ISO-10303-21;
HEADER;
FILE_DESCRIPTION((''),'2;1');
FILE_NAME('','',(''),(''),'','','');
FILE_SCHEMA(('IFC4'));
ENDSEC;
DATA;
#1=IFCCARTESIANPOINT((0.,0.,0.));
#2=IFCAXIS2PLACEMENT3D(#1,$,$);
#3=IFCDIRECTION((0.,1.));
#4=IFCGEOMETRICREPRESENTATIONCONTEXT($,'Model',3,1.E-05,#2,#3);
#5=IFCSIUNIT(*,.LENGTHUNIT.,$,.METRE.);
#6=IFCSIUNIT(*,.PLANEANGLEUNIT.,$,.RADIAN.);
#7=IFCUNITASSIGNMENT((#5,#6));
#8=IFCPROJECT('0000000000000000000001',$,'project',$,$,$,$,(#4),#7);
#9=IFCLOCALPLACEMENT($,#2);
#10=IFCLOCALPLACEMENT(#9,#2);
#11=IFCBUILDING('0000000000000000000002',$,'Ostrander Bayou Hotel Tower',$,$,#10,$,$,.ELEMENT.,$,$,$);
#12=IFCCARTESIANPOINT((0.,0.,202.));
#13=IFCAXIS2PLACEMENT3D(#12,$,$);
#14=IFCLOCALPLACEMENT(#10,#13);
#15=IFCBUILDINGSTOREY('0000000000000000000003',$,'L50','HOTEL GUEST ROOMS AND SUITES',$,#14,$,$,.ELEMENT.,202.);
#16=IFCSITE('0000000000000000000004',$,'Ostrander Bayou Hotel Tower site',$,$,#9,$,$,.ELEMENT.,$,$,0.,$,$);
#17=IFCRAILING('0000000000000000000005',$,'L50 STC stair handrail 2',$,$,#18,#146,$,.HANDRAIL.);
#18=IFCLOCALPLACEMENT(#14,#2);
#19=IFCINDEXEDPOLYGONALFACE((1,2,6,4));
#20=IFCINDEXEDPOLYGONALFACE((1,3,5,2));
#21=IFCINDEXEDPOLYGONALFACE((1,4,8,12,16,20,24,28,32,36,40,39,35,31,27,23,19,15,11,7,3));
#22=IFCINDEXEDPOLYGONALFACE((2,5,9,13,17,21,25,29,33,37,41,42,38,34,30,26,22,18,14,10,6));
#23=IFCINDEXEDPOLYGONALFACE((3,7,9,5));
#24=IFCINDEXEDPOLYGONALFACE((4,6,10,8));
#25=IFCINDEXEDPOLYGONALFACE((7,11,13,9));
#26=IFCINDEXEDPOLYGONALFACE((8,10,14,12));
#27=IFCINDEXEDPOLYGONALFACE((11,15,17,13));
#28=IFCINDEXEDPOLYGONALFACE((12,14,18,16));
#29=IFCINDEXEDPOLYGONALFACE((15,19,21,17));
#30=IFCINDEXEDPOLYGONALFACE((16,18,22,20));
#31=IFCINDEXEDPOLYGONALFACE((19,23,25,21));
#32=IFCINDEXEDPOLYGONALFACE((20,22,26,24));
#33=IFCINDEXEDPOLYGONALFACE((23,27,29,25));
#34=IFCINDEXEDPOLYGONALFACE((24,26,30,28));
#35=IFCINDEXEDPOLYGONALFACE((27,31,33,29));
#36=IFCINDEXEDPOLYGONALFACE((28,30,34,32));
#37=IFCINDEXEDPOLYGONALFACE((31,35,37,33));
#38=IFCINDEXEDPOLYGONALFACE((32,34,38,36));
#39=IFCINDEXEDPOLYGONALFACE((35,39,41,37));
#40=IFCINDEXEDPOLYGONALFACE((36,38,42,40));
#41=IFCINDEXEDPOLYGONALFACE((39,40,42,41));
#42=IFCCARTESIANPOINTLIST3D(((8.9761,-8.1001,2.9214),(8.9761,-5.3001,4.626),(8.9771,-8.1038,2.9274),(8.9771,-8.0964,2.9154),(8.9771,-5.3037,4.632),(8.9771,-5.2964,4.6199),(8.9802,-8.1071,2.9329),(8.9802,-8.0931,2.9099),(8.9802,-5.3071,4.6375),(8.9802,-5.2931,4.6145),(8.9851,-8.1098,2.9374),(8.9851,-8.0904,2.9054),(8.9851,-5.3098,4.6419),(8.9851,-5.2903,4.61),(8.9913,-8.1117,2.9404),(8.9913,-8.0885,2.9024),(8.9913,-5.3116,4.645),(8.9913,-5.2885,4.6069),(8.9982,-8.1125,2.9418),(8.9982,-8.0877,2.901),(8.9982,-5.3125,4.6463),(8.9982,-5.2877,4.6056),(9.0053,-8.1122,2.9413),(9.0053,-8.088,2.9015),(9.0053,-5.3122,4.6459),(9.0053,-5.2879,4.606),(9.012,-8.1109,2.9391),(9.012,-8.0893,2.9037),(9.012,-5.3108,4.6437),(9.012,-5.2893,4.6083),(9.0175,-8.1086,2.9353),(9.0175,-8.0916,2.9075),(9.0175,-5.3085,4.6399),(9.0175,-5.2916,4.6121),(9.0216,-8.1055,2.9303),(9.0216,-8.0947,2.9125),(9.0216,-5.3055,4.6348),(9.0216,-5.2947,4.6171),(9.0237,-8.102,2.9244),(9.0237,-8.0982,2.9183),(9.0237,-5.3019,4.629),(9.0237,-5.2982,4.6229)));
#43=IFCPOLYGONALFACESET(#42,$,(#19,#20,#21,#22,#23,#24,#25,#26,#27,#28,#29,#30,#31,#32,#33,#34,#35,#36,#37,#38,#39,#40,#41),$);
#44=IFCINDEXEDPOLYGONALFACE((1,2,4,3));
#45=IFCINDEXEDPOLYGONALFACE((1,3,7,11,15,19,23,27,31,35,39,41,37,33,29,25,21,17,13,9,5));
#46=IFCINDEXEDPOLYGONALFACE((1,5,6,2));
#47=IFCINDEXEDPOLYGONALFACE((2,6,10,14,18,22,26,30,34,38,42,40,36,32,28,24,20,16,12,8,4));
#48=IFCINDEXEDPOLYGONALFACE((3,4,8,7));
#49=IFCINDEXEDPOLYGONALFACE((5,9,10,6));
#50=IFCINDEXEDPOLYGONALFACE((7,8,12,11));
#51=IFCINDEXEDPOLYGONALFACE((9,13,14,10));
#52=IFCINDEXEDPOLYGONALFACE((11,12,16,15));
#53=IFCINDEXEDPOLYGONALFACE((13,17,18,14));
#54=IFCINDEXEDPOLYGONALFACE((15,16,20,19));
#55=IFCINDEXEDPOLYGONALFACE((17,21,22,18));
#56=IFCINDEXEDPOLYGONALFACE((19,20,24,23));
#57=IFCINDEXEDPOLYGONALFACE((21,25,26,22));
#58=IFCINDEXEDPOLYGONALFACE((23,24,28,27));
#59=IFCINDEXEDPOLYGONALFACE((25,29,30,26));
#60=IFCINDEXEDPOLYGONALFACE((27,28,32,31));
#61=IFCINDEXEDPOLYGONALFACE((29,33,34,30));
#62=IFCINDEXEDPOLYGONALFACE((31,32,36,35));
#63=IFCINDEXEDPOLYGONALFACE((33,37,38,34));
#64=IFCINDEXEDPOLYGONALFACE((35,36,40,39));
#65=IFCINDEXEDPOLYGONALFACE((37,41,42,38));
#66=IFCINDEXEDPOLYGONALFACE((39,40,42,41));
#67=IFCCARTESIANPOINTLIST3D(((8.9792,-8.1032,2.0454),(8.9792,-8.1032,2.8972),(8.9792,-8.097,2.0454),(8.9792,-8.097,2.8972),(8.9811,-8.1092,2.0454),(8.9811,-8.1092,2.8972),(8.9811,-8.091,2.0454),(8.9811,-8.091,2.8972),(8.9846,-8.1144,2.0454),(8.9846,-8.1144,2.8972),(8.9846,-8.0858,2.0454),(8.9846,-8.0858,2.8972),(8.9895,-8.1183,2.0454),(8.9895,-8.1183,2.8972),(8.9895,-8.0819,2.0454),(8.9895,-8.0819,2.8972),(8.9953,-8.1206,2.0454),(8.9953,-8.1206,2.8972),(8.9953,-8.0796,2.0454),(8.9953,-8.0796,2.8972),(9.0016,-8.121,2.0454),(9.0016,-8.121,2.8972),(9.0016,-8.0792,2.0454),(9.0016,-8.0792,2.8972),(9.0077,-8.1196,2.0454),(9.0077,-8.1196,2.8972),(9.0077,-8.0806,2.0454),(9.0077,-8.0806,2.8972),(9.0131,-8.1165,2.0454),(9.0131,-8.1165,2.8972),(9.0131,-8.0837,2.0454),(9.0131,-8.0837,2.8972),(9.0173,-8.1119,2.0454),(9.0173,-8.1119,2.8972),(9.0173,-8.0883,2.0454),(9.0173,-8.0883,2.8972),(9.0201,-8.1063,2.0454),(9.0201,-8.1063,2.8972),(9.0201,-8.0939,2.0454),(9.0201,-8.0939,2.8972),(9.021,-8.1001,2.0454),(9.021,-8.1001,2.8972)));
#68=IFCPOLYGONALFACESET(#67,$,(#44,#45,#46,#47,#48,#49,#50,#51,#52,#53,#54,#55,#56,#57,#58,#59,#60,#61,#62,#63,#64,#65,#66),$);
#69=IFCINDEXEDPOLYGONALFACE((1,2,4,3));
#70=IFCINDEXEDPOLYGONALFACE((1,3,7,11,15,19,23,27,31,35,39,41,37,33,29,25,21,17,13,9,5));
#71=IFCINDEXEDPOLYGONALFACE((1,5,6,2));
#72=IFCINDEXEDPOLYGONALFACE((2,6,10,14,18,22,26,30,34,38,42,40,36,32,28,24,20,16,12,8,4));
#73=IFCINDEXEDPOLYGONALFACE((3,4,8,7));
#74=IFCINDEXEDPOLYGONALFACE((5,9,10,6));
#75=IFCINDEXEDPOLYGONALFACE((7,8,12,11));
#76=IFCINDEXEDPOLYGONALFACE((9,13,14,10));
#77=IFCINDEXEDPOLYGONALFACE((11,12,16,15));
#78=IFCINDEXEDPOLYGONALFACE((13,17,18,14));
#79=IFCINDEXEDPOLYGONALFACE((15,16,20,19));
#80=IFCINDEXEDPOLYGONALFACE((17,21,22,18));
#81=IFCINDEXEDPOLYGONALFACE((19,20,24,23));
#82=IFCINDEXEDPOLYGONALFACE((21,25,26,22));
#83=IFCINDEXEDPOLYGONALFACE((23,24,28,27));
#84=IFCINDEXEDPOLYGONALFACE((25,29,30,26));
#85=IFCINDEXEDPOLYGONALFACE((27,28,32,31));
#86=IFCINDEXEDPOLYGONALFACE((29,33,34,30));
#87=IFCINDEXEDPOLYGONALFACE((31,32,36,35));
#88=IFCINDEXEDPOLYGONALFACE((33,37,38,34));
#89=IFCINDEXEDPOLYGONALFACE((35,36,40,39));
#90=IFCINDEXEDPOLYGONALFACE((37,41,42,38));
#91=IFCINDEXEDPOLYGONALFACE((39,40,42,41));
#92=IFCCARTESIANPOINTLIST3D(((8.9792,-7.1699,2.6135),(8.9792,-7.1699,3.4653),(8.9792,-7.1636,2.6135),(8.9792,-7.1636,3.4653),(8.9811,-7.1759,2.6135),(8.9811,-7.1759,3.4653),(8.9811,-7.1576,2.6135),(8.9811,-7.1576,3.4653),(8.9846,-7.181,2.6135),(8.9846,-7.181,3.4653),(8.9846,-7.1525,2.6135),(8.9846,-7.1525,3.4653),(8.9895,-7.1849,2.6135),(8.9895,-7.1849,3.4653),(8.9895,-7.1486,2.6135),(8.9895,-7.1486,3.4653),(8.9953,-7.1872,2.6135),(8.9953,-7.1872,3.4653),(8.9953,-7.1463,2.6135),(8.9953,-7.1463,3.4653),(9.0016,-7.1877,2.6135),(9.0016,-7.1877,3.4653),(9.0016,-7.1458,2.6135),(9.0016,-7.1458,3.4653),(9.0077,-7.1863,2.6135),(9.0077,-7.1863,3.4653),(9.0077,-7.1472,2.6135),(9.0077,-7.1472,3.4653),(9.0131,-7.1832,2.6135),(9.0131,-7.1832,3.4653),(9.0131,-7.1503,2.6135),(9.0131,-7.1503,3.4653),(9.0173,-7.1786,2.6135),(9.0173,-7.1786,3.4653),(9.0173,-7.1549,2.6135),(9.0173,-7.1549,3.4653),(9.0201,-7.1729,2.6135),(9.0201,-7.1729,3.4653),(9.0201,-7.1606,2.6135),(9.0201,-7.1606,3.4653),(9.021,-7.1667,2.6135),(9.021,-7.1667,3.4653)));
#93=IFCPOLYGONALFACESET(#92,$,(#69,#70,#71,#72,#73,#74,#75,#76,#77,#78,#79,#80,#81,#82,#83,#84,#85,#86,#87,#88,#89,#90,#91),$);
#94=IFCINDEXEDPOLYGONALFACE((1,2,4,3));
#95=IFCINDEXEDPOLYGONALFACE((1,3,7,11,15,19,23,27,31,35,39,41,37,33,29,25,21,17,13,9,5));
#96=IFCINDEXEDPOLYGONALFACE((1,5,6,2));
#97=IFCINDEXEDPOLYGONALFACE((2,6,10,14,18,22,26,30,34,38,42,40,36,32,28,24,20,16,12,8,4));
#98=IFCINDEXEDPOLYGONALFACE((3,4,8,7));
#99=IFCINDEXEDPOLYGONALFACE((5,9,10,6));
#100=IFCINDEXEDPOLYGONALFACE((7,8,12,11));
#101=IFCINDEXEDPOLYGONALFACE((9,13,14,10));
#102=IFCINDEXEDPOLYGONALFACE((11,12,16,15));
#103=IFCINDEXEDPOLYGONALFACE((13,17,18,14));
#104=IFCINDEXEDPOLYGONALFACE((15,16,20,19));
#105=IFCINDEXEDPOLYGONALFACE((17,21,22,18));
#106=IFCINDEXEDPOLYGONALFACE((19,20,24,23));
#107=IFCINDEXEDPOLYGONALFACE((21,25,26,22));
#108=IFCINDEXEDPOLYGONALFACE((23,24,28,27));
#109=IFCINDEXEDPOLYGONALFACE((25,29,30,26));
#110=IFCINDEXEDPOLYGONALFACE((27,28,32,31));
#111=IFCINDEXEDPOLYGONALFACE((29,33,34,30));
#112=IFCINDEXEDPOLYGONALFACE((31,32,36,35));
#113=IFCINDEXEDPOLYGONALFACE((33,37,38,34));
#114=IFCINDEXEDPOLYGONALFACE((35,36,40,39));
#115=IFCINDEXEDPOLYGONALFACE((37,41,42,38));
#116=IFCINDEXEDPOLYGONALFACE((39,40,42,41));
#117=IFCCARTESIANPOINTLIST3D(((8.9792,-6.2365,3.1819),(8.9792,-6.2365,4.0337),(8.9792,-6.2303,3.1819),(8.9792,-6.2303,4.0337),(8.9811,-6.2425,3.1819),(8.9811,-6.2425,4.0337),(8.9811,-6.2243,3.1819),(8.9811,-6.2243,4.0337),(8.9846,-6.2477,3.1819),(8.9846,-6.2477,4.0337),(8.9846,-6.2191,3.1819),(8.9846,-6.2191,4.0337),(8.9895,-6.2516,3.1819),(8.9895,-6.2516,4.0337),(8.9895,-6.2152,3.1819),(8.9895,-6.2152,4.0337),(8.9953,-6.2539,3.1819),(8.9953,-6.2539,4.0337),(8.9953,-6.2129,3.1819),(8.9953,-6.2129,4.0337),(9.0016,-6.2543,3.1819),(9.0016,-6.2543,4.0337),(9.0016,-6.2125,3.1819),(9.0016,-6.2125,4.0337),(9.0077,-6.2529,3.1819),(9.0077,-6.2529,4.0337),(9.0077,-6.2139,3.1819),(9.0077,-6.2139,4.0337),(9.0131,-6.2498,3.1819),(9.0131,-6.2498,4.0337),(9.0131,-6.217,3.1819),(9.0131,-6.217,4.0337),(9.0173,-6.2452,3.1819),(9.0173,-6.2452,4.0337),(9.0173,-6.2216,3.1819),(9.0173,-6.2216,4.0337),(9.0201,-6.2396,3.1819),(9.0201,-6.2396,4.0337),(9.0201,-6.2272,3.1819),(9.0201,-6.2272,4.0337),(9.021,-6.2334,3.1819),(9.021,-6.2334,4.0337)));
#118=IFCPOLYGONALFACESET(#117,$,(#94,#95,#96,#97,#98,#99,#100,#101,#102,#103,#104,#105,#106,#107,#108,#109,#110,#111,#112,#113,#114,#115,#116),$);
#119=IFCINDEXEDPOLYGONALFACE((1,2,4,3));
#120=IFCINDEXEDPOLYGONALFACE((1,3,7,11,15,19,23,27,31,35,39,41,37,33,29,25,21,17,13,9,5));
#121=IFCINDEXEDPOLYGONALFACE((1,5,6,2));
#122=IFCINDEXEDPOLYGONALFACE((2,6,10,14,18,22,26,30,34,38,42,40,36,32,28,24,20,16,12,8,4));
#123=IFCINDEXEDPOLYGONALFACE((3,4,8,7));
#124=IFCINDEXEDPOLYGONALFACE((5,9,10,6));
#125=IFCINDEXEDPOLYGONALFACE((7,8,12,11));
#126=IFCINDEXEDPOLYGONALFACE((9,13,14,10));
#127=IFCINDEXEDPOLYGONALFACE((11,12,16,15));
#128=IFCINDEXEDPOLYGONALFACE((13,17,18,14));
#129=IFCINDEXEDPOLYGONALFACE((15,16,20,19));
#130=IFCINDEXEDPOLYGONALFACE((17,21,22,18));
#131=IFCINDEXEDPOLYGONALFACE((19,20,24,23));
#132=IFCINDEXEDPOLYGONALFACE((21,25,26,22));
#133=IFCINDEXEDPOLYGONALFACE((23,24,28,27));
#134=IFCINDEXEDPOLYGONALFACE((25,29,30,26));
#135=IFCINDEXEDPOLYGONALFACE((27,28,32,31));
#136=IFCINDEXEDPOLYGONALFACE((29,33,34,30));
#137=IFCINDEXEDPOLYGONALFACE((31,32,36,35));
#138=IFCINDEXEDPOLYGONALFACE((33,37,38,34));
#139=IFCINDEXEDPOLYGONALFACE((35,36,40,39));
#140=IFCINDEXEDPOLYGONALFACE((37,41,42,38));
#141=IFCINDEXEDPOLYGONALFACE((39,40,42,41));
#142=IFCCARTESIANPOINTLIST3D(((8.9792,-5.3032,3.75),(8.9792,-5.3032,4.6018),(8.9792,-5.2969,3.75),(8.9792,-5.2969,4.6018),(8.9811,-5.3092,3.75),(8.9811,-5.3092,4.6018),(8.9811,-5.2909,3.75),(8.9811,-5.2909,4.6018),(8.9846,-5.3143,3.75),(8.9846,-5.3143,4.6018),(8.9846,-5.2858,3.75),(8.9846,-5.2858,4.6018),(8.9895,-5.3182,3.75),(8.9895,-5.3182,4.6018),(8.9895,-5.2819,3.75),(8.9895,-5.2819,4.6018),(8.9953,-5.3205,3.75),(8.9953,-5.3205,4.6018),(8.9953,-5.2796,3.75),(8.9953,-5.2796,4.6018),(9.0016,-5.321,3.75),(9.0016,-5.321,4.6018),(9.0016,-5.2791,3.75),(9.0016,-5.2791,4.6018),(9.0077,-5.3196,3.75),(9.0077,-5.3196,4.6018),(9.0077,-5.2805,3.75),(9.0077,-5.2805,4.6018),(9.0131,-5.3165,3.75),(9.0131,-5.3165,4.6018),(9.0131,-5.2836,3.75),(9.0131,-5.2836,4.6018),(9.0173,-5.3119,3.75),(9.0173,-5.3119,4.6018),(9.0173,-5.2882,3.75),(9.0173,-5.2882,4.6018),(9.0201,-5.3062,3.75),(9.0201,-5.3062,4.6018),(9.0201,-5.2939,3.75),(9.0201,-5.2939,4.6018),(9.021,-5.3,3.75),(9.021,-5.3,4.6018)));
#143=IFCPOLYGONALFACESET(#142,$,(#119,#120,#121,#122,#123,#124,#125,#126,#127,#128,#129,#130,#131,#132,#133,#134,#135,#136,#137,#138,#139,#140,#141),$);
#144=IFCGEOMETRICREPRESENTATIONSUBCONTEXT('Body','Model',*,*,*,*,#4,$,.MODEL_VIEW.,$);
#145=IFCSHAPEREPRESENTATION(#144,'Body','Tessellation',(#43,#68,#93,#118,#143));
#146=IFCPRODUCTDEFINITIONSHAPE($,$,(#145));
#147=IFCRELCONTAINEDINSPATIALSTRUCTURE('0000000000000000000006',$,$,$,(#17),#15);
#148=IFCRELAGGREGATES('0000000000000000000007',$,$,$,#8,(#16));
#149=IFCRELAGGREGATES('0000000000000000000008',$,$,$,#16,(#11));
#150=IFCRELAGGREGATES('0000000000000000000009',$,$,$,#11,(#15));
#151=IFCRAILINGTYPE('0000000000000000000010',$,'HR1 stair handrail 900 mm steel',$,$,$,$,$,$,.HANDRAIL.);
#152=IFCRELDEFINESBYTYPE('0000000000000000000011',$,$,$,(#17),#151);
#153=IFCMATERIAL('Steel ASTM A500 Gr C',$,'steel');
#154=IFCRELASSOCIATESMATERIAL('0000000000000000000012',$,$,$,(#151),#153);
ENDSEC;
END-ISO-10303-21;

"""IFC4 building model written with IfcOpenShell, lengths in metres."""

from ifc_helpers import new_model, si_unit, direction, frame, origin, origin_2d, place, context, subcontext, project, spatial, circle, extrude, material, type_object, element, save


model = new_model("IFC4")

# Units and contexts
model_context = context("Model", 3, precision=1e-05, world=origin(), true_north=direction((0.0, 1.0)))
body_context = subcontext(model_context, "Body", "Model", "MODEL_VIEW")
ifc_project = project(units=[si_unit("LENGTHUNIT", "METRE"), si_unit("PLANEANGLEUNIT", "RADIAN")], contexts=[model_context])

# Site, building, storey
site_placement = place(None, origin())
site = spatial("IfcSite", under=ifc_project, at=site_placement, Name="Ostrander Bayou Hotel Tower site", CompositionType="ELEMENT", RefElevation=0.0)
building_placement = place(site_placement, origin())
building = spatial("IfcBuilding", under=site, at=building_placement, Name="Ostrander Bayou Hotel Tower", CompositionType="ELEMENT")
storey_placement = place(building_placement, frame((0.0, 0.0, 202.0)))
storey = spatial("IfcBuildingStorey", under=building, at=storey_placement, Name="L50", Description="HOTEL GUEST ROOMS AND SUITES", CompositionType="ELEMENT", Elevation=202.0)

# Railing
ifc_material_1 = material(Name="Steel ASTM A500 Gr C", Category="steel")
railing_type_1 = type_object("IfcRailingType", Name="HR1 stair handrail 900 mm steel", PredefinedType="HANDRAIL", material=ifc_material_1)
railing_1_placement = place(storey_placement, frame((9.0, -8.1001, 2.0454)))
element("IfcRailing", 1, at=railing_1_placement, inside=storey, type_object=railing_type_1, Name="L50 STC stair handrail 2", PredefinedType="HANDRAIL", context=body_context, shape_type="SweptSolid", body=[
    extrude(circle(Radius=0.0239, at=origin_2d()), frame((0.0, 0.0, 0.876), z_axis=(0.0, 0.85417, 0.519994), x_axis=(-1.0, 0.0, 0.0)), (0.0, 0.0, 1.0), 3.2781),
    extrude(circle(Radius=0.021, at=origin_2d()), origin(), (0.0, 0.0, 1.0), 0.8518),
    extrude(circle(Radius=0.021, at=origin_2d()), frame((0.0, 0.9333, 0.5681)), (0.0, 0.0, 1.0), 0.8518),
    extrude(circle(Radius=0.021, at=origin_2d()), frame((0.0, 1.8667, 1.1365)), (0.0, 0.0, 1.0), 0.8518),
    extrude(circle(Radius=0.021, at=origin_2d()), frame((0.0, 2.8, 1.7046)), (0.0, 0.0, 1.0), 0.8518),
])

save(model, "model.ifc")
